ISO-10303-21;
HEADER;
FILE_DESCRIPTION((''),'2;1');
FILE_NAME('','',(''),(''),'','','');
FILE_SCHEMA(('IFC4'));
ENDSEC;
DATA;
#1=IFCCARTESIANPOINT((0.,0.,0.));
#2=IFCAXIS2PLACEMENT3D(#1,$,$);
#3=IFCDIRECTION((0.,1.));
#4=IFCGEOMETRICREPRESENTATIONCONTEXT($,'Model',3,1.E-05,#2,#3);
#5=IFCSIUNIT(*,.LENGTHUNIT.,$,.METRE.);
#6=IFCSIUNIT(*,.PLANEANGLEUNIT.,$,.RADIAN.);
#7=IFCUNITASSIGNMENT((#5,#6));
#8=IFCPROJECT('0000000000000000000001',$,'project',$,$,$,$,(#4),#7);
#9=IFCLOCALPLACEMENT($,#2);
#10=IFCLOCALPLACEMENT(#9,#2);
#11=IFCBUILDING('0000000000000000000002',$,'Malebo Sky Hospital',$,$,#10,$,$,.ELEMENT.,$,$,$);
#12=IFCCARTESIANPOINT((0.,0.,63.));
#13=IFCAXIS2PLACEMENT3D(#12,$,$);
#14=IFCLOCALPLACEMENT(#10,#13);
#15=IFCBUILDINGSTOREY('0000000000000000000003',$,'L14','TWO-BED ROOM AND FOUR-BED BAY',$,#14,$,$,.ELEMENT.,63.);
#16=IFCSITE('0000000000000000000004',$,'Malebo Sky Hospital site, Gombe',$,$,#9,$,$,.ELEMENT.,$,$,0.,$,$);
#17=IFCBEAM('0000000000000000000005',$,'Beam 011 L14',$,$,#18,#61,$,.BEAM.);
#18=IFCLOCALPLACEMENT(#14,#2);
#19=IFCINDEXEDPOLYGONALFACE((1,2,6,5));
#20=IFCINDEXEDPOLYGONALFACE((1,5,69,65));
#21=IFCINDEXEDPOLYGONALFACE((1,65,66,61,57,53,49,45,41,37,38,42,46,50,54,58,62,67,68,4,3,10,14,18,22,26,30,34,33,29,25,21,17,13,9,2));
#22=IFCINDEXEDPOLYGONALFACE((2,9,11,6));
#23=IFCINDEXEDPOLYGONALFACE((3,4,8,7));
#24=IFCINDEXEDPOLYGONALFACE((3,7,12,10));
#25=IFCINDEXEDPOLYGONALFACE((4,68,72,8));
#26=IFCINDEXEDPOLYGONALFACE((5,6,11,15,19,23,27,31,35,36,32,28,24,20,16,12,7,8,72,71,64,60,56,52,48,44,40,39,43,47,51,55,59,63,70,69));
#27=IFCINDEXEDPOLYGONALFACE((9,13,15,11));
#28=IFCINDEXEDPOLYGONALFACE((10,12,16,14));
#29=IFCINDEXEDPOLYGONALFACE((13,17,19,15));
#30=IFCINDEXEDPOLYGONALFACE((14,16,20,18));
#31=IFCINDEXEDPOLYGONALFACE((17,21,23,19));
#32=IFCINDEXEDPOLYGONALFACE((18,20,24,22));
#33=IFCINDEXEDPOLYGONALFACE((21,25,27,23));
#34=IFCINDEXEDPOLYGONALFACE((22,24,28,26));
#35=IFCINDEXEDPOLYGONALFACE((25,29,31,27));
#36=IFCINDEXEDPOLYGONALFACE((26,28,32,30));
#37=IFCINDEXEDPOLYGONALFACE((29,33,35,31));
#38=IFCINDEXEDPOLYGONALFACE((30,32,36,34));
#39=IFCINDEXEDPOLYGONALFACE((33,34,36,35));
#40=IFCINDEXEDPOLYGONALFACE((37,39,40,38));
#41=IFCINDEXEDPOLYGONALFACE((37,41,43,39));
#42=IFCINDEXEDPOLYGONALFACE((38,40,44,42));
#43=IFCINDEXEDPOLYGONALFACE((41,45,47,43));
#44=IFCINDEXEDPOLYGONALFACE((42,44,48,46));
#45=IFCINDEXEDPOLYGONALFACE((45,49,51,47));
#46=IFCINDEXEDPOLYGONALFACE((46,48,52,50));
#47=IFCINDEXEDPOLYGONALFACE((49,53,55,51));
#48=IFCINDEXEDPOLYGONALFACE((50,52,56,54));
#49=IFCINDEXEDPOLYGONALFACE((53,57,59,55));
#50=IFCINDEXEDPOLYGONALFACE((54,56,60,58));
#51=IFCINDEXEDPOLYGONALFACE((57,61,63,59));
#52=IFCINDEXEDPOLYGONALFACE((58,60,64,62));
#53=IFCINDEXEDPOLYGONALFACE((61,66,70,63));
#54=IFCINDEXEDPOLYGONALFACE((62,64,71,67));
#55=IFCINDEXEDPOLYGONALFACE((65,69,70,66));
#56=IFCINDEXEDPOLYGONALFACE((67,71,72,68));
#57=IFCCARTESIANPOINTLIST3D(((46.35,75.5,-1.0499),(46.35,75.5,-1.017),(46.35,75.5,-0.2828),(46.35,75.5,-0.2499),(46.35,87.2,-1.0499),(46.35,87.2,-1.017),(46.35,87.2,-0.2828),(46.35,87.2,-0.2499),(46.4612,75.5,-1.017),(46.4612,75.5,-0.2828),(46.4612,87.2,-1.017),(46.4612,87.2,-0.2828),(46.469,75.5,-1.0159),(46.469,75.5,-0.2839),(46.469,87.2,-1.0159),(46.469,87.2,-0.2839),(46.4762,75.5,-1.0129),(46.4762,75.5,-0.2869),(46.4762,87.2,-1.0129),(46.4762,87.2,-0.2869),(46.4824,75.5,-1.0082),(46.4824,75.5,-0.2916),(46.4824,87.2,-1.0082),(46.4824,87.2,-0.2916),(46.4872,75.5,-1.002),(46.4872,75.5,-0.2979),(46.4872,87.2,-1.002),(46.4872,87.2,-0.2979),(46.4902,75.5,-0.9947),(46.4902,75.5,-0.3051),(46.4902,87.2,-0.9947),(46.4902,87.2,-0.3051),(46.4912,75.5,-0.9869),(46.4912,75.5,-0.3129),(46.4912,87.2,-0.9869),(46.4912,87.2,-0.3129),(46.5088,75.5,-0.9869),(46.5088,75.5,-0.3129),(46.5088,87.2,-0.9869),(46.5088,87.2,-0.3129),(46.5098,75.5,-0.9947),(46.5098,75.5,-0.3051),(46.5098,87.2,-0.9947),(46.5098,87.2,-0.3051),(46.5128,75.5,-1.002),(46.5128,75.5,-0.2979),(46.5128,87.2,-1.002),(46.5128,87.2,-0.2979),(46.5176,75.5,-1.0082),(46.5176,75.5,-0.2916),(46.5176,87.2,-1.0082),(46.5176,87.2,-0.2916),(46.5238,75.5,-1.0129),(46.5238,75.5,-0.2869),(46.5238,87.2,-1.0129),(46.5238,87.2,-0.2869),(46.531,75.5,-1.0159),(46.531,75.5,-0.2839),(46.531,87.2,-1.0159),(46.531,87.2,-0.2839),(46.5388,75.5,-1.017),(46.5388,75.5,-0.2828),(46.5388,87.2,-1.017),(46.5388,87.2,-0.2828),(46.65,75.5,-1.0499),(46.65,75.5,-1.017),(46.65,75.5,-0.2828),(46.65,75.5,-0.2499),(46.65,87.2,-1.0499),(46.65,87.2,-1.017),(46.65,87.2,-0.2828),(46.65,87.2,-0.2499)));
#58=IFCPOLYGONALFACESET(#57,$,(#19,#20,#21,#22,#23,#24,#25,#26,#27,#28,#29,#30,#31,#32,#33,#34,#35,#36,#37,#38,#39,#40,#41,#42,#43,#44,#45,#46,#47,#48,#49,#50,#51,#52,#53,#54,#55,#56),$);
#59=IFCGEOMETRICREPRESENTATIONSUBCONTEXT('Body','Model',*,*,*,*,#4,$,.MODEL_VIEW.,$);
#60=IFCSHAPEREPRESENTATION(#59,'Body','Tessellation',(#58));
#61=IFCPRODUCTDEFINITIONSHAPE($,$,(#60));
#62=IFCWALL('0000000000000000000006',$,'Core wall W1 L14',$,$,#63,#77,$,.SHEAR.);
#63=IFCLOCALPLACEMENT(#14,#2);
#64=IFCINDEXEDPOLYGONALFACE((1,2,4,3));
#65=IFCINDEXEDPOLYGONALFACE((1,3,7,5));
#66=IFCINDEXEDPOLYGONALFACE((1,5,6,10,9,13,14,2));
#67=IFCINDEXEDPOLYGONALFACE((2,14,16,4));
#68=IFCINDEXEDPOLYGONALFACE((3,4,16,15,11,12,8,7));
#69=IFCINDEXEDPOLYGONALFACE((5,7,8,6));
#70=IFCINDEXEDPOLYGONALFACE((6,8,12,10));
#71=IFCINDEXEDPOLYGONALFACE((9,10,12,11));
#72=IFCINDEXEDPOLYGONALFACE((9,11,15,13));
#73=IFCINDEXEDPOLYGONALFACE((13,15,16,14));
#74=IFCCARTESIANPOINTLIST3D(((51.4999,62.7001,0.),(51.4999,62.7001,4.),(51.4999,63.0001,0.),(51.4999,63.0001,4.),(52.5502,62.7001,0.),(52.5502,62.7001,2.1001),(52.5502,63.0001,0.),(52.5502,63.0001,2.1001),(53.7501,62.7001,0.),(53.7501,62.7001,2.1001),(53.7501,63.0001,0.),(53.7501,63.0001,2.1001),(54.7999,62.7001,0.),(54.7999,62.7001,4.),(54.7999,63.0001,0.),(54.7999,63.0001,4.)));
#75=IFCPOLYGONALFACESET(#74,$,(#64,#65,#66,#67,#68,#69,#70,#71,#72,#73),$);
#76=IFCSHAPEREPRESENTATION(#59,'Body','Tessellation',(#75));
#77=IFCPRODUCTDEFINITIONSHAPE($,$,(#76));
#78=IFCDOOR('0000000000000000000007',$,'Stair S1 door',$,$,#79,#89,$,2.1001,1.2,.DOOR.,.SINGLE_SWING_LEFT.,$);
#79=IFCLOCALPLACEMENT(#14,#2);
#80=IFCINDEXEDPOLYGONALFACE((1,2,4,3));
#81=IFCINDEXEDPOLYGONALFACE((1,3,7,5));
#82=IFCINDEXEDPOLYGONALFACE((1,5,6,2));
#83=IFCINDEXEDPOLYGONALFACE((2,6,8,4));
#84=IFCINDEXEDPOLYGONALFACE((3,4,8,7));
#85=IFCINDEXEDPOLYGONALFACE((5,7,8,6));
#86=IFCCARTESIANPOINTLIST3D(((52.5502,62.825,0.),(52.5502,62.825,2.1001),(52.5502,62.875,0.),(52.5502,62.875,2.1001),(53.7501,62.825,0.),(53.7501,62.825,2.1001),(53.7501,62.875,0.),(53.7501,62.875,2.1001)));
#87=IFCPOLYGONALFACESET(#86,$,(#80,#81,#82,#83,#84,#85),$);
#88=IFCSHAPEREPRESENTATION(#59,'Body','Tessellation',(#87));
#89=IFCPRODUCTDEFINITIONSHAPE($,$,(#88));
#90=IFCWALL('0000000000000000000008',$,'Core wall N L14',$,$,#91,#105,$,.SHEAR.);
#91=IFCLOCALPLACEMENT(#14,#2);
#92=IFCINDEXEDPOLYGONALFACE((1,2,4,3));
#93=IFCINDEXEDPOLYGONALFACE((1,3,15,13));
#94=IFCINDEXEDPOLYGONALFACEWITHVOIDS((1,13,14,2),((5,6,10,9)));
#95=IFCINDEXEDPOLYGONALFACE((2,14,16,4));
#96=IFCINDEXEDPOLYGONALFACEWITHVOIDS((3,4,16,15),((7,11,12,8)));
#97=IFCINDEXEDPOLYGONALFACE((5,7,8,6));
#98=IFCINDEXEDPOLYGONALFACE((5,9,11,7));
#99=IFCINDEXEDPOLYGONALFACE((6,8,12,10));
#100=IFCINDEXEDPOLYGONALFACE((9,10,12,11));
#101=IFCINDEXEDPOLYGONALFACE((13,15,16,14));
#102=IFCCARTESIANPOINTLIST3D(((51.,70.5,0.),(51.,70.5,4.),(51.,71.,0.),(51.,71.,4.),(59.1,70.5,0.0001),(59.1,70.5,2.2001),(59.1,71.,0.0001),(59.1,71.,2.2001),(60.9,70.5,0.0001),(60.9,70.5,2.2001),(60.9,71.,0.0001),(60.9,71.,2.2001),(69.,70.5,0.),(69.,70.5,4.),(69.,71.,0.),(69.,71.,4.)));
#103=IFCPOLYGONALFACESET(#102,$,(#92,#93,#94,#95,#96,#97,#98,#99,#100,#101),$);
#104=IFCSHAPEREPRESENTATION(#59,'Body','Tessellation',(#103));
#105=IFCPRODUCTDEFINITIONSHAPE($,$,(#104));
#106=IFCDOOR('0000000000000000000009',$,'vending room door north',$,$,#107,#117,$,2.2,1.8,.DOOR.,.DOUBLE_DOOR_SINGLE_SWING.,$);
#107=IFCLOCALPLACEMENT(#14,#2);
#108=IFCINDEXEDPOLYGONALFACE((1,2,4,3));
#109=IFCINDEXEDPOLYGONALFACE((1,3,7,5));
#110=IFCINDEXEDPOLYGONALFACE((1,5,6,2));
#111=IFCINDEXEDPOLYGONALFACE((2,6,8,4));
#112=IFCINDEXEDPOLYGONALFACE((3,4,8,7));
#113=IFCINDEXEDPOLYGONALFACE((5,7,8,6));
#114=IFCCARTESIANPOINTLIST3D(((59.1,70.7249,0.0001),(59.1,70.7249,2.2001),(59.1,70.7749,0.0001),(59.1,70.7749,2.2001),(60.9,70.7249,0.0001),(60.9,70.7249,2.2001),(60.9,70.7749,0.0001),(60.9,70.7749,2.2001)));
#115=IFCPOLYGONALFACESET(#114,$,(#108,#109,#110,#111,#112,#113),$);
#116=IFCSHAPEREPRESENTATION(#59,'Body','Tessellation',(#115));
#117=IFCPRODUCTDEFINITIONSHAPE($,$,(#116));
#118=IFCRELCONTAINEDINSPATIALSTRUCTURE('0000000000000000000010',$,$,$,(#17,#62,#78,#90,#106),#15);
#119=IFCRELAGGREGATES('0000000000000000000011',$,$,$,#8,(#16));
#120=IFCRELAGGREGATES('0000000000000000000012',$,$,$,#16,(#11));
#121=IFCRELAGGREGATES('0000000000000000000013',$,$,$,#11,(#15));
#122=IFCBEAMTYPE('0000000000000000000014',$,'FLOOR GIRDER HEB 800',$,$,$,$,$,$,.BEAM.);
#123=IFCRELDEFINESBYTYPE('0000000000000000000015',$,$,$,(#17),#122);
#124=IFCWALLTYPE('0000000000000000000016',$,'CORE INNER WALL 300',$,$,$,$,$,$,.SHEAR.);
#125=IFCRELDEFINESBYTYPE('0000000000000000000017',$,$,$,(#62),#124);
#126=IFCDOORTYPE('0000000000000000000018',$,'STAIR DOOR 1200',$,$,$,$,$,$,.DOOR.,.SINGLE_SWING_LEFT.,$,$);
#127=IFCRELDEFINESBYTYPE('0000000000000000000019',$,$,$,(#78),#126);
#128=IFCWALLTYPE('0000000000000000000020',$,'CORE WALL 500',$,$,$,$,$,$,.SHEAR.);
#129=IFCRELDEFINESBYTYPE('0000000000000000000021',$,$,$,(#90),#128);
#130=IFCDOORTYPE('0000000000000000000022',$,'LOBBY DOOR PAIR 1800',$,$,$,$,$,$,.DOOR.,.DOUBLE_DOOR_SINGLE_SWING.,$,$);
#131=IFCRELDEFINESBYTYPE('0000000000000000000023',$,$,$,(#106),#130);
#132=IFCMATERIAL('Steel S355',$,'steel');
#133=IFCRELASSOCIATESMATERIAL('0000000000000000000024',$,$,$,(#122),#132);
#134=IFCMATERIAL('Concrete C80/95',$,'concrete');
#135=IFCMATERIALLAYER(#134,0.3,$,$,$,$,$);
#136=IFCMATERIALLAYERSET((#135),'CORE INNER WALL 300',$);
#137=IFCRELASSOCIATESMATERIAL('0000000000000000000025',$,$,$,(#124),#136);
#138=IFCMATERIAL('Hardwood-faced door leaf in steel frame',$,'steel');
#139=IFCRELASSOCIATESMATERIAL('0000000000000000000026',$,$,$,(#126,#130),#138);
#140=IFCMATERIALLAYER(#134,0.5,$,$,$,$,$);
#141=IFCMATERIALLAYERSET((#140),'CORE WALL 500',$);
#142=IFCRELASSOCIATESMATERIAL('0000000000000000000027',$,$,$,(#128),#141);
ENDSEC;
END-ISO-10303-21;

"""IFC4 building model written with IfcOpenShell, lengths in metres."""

from ifc_helpers import new_model, si_unit, direction, frame, frame_2d, origin, origin_2d, place, context, subcontext, project, spatial, rectangle, i_section, extrude, material, layer, layer_set, material_profile, profile_set, type_object, element, fill, save


model = new_model("IFC4")

# Units and contexts
model_context = context("Model", 3, precision=1e-05, world=origin(), true_north=direction((0.0, 1.0)))
body_context = subcontext(model_context, "Body", "Model", "MODEL_VIEW")
ifc_project = project(units=[si_unit("LENGTHUNIT", "METRE"), si_unit("PLANEANGLEUNIT", "RADIAN")], contexts=[model_context])

# Site, building, storey
site_placement = place(None, origin())
site = spatial("IfcSite", under=ifc_project, at=site_placement, Name="Malebo Sky Hospital site, Gombe", CompositionType="ELEMENT", RefElevation=0.0)
building_placement = place(site_placement, origin())
building = spatial("IfcBuilding", under=site, at=building_placement, Name="Malebo Sky Hospital", CompositionType="ELEMENT")
storey_placement = place(building_placement, frame((0.0, 0.0, 63.0)))
storey = spatial("IfcBuildingStorey", under=building, at=storey_placement, Name="L14", Description="TWO-BED ROOM AND FOUR-BED BAY", CompositionType="ELEMENT", Elevation=63.0)

# Beam
ifc_material_1 = material(Name="Steel S355", Category="steel")
ifc_material_profile_1 = material_profile(ifc_material_1, i_section(OverallWidth=0.3, OverallDepth=0.8, WebThickness=0.0176, FlangeThickness=0.033, FilletRadius=0.03, at=origin_2d()), Name="HEB 800")
ifc_profile_set_1 = profile_set([ifc_material_profile_1], Name="Steel S355")
beam_type_1 = type_object("IfcBeamType", Name="FLOOR GIRDER HEB 800", PredefinedType="BEAM", material=ifc_profile_set_1)
beam_1_placement = place(storey_placement, frame((46.5, 75.5, -0.6499), z_axis=(0.0, 1.0, 0.0), x_axis=(-1.0, 0.0, 0.0)))
element("IfcBeam", 1, at=beam_1_placement, inside=storey, type_object=beam_type_1, Name="Beam 011 L14", PredefinedType="BEAM", context=body_context, shape_type="SweptSolid", body=[
    extrude(i_section(OverallWidth=0.3, OverallDepth=0.8, WebThickness=0.0176, FlangeThickness=0.033, FilletRadius=0.03, at=origin_2d()), origin(), (0.0, 0.0, 1.0), 11.7),
])

# Walls, openings, doors
ifc_material_2 = material(Name="Concrete C80/95", Category="concrete")
ifc_layer_1 = layer(ifc_material_2, 0.3)
ifc_layer_set_1 = layer_set([ifc_layer_1], Name="CORE INNER WALL 300")
wall_type_1 = type_object("IfcWallType", Name="CORE INNER WALL 300", PredefinedType="SHEAR", material=ifc_layer_set_1)
wall_1_placement = place(storey_placement, frame((51.5, 62.8501, 0.0), z_axis=(0.0, 0.0, 1.0), x_axis=(1.0, 0.0, 0.0)))
wall_1 = element("IfcWall", 2, at=wall_1_placement, inside=storey, type_object=wall_type_1, Name="Core wall W1 L14", PredefinedType="SHEAR", context=body_context, shape_type="SweptSolid", body=[
    extrude(rectangle(XDim=3.3, YDim=0.3, at=frame_2d((1.6499, 0.0))), origin(), (0.0, 0.0, 1.0), 4.0),
])
opening_1_placement = place(wall_1_placement, frame((1.05, 0.0, 0.0)))
opening_1 = element("IfcOpeningElement", 3, at=opening_1_placement, cuts=wall_1, PredefinedType="OPENING", context=body_context, shape_type="SweptSolid", body=[
    extrude(rectangle(XDim=1.2, YDim=2.1001, at=frame_2d((0.6001, 1.05))), frame((0.0, 0.1599, 0.0), z_axis=(0.0, -1.0, 0.0), x_axis=(1.0, 0.0, 0.0)), (0.0, 0.0, 1.0), 0.3201),
])
ifc_material_3 = material(Name="Hardwood-faced door leaf in steel frame", Category="steel")
door_type_1 = type_object("IfcDoorType", Name="STAIR DOOR 1200", OperationType="SINGLE_SWING_LEFT", PredefinedType="DOOR", material=ifc_material_3)
door_1_placement = place(opening_1_placement, origin())
door_1 = element("IfcDoor", 4, at=door_1_placement, inside=storey, type_object=door_type_1, Name="Stair S1 door", OperationType="SINGLE_SWING_LEFT", OverallHeight=2.1001, OverallWidth=1.2, PredefinedType="DOOR", context=body_context, shape_type="SweptSolid", body=[
    extrude(rectangle(XDim=1.2, YDim=2.1001, at=frame_2d((0.6001, 1.05))), frame((0.0, 0.0249, 0.0), z_axis=(0.0, -1.0, 0.0), x_axis=(1.0, 0.0, 0.0)), (0.0, 0.0, 1.0), 0.05),
])
fill(opening_1, door_1)
ifc_layer_2 = layer(ifc_material_2, 0.5)
ifc_layer_set_2 = layer_set([ifc_layer_2], Name="CORE WALL 500")
wall_type_2 = type_object("IfcWallType", Name="CORE WALL 500", PredefinedType="SHEAR", material=ifc_layer_set_2)
wall_2_placement = place(storey_placement, frame((51.0, 70.75, 0.0), z_axis=(0.0, 0.0, 1.0), x_axis=(1.0, 0.0, 0.0)))
wall_2 = element("IfcWall", 5, at=wall_2_placement, inside=storey, type_object=wall_type_2, Name="Core wall N L14", PredefinedType="SHEAR", context=body_context, shape_type="SweptSolid", body=[
    extrude(rectangle(XDim=18.0, YDim=0.5, at=frame_2d((9.0, 0.0))), origin(), (0.0, 0.0, 1.0), 4.0),
])
opening_2_placement = place(wall_2_placement, frame((8.1001, 0.0, 0.0)))
opening_2 = element("IfcOpeningElement", 6, at=opening_2_placement, cuts=wall_2, PredefinedType="OPENING", context=body_context, shape_type="SweptSolid", body=[
    extrude(rectangle(XDim=1.8, YDim=2.2, at=frame_2d((0.8999, 1.1001))), frame((0.0, 0.26, 0.0), z_axis=(0.0, -1.0, 0.0), x_axis=(1.0, 0.0, 0.0)), (0.0, 0.0, 1.0), 0.52),
])
door_type_2 = type_object("IfcDoorType", Name="LOBBY DOOR PAIR 1800", OperationType="DOUBLE_DOOR_SINGLE_SWING", PredefinedType="DOOR", material=ifc_material_3)
door_2_placement = place(opening_2_placement, origin())
door_2 = element("IfcDoor", 7, at=door_2_placement, inside=storey, type_object=door_type_2, Name="vending room door north", OperationType="DOUBLE_DOOR_SINGLE_SWING", OverallHeight=2.2, OverallWidth=1.8, PredefinedType="DOOR", context=body_context, shape_type="SweptSolid", body=[
    extrude(rectangle(XDim=1.8, YDim=2.2, at=frame_2d((0.8999, 1.1001))), frame((0.0, 0.0249, 0.0), z_axis=(0.0, -1.0, 0.0), x_axis=(1.0, 0.0, 0.0)), (0.0, 0.0, 1.0), 0.05),
])
fill(opening_2, door_2)

save(model, "model.ifc")
